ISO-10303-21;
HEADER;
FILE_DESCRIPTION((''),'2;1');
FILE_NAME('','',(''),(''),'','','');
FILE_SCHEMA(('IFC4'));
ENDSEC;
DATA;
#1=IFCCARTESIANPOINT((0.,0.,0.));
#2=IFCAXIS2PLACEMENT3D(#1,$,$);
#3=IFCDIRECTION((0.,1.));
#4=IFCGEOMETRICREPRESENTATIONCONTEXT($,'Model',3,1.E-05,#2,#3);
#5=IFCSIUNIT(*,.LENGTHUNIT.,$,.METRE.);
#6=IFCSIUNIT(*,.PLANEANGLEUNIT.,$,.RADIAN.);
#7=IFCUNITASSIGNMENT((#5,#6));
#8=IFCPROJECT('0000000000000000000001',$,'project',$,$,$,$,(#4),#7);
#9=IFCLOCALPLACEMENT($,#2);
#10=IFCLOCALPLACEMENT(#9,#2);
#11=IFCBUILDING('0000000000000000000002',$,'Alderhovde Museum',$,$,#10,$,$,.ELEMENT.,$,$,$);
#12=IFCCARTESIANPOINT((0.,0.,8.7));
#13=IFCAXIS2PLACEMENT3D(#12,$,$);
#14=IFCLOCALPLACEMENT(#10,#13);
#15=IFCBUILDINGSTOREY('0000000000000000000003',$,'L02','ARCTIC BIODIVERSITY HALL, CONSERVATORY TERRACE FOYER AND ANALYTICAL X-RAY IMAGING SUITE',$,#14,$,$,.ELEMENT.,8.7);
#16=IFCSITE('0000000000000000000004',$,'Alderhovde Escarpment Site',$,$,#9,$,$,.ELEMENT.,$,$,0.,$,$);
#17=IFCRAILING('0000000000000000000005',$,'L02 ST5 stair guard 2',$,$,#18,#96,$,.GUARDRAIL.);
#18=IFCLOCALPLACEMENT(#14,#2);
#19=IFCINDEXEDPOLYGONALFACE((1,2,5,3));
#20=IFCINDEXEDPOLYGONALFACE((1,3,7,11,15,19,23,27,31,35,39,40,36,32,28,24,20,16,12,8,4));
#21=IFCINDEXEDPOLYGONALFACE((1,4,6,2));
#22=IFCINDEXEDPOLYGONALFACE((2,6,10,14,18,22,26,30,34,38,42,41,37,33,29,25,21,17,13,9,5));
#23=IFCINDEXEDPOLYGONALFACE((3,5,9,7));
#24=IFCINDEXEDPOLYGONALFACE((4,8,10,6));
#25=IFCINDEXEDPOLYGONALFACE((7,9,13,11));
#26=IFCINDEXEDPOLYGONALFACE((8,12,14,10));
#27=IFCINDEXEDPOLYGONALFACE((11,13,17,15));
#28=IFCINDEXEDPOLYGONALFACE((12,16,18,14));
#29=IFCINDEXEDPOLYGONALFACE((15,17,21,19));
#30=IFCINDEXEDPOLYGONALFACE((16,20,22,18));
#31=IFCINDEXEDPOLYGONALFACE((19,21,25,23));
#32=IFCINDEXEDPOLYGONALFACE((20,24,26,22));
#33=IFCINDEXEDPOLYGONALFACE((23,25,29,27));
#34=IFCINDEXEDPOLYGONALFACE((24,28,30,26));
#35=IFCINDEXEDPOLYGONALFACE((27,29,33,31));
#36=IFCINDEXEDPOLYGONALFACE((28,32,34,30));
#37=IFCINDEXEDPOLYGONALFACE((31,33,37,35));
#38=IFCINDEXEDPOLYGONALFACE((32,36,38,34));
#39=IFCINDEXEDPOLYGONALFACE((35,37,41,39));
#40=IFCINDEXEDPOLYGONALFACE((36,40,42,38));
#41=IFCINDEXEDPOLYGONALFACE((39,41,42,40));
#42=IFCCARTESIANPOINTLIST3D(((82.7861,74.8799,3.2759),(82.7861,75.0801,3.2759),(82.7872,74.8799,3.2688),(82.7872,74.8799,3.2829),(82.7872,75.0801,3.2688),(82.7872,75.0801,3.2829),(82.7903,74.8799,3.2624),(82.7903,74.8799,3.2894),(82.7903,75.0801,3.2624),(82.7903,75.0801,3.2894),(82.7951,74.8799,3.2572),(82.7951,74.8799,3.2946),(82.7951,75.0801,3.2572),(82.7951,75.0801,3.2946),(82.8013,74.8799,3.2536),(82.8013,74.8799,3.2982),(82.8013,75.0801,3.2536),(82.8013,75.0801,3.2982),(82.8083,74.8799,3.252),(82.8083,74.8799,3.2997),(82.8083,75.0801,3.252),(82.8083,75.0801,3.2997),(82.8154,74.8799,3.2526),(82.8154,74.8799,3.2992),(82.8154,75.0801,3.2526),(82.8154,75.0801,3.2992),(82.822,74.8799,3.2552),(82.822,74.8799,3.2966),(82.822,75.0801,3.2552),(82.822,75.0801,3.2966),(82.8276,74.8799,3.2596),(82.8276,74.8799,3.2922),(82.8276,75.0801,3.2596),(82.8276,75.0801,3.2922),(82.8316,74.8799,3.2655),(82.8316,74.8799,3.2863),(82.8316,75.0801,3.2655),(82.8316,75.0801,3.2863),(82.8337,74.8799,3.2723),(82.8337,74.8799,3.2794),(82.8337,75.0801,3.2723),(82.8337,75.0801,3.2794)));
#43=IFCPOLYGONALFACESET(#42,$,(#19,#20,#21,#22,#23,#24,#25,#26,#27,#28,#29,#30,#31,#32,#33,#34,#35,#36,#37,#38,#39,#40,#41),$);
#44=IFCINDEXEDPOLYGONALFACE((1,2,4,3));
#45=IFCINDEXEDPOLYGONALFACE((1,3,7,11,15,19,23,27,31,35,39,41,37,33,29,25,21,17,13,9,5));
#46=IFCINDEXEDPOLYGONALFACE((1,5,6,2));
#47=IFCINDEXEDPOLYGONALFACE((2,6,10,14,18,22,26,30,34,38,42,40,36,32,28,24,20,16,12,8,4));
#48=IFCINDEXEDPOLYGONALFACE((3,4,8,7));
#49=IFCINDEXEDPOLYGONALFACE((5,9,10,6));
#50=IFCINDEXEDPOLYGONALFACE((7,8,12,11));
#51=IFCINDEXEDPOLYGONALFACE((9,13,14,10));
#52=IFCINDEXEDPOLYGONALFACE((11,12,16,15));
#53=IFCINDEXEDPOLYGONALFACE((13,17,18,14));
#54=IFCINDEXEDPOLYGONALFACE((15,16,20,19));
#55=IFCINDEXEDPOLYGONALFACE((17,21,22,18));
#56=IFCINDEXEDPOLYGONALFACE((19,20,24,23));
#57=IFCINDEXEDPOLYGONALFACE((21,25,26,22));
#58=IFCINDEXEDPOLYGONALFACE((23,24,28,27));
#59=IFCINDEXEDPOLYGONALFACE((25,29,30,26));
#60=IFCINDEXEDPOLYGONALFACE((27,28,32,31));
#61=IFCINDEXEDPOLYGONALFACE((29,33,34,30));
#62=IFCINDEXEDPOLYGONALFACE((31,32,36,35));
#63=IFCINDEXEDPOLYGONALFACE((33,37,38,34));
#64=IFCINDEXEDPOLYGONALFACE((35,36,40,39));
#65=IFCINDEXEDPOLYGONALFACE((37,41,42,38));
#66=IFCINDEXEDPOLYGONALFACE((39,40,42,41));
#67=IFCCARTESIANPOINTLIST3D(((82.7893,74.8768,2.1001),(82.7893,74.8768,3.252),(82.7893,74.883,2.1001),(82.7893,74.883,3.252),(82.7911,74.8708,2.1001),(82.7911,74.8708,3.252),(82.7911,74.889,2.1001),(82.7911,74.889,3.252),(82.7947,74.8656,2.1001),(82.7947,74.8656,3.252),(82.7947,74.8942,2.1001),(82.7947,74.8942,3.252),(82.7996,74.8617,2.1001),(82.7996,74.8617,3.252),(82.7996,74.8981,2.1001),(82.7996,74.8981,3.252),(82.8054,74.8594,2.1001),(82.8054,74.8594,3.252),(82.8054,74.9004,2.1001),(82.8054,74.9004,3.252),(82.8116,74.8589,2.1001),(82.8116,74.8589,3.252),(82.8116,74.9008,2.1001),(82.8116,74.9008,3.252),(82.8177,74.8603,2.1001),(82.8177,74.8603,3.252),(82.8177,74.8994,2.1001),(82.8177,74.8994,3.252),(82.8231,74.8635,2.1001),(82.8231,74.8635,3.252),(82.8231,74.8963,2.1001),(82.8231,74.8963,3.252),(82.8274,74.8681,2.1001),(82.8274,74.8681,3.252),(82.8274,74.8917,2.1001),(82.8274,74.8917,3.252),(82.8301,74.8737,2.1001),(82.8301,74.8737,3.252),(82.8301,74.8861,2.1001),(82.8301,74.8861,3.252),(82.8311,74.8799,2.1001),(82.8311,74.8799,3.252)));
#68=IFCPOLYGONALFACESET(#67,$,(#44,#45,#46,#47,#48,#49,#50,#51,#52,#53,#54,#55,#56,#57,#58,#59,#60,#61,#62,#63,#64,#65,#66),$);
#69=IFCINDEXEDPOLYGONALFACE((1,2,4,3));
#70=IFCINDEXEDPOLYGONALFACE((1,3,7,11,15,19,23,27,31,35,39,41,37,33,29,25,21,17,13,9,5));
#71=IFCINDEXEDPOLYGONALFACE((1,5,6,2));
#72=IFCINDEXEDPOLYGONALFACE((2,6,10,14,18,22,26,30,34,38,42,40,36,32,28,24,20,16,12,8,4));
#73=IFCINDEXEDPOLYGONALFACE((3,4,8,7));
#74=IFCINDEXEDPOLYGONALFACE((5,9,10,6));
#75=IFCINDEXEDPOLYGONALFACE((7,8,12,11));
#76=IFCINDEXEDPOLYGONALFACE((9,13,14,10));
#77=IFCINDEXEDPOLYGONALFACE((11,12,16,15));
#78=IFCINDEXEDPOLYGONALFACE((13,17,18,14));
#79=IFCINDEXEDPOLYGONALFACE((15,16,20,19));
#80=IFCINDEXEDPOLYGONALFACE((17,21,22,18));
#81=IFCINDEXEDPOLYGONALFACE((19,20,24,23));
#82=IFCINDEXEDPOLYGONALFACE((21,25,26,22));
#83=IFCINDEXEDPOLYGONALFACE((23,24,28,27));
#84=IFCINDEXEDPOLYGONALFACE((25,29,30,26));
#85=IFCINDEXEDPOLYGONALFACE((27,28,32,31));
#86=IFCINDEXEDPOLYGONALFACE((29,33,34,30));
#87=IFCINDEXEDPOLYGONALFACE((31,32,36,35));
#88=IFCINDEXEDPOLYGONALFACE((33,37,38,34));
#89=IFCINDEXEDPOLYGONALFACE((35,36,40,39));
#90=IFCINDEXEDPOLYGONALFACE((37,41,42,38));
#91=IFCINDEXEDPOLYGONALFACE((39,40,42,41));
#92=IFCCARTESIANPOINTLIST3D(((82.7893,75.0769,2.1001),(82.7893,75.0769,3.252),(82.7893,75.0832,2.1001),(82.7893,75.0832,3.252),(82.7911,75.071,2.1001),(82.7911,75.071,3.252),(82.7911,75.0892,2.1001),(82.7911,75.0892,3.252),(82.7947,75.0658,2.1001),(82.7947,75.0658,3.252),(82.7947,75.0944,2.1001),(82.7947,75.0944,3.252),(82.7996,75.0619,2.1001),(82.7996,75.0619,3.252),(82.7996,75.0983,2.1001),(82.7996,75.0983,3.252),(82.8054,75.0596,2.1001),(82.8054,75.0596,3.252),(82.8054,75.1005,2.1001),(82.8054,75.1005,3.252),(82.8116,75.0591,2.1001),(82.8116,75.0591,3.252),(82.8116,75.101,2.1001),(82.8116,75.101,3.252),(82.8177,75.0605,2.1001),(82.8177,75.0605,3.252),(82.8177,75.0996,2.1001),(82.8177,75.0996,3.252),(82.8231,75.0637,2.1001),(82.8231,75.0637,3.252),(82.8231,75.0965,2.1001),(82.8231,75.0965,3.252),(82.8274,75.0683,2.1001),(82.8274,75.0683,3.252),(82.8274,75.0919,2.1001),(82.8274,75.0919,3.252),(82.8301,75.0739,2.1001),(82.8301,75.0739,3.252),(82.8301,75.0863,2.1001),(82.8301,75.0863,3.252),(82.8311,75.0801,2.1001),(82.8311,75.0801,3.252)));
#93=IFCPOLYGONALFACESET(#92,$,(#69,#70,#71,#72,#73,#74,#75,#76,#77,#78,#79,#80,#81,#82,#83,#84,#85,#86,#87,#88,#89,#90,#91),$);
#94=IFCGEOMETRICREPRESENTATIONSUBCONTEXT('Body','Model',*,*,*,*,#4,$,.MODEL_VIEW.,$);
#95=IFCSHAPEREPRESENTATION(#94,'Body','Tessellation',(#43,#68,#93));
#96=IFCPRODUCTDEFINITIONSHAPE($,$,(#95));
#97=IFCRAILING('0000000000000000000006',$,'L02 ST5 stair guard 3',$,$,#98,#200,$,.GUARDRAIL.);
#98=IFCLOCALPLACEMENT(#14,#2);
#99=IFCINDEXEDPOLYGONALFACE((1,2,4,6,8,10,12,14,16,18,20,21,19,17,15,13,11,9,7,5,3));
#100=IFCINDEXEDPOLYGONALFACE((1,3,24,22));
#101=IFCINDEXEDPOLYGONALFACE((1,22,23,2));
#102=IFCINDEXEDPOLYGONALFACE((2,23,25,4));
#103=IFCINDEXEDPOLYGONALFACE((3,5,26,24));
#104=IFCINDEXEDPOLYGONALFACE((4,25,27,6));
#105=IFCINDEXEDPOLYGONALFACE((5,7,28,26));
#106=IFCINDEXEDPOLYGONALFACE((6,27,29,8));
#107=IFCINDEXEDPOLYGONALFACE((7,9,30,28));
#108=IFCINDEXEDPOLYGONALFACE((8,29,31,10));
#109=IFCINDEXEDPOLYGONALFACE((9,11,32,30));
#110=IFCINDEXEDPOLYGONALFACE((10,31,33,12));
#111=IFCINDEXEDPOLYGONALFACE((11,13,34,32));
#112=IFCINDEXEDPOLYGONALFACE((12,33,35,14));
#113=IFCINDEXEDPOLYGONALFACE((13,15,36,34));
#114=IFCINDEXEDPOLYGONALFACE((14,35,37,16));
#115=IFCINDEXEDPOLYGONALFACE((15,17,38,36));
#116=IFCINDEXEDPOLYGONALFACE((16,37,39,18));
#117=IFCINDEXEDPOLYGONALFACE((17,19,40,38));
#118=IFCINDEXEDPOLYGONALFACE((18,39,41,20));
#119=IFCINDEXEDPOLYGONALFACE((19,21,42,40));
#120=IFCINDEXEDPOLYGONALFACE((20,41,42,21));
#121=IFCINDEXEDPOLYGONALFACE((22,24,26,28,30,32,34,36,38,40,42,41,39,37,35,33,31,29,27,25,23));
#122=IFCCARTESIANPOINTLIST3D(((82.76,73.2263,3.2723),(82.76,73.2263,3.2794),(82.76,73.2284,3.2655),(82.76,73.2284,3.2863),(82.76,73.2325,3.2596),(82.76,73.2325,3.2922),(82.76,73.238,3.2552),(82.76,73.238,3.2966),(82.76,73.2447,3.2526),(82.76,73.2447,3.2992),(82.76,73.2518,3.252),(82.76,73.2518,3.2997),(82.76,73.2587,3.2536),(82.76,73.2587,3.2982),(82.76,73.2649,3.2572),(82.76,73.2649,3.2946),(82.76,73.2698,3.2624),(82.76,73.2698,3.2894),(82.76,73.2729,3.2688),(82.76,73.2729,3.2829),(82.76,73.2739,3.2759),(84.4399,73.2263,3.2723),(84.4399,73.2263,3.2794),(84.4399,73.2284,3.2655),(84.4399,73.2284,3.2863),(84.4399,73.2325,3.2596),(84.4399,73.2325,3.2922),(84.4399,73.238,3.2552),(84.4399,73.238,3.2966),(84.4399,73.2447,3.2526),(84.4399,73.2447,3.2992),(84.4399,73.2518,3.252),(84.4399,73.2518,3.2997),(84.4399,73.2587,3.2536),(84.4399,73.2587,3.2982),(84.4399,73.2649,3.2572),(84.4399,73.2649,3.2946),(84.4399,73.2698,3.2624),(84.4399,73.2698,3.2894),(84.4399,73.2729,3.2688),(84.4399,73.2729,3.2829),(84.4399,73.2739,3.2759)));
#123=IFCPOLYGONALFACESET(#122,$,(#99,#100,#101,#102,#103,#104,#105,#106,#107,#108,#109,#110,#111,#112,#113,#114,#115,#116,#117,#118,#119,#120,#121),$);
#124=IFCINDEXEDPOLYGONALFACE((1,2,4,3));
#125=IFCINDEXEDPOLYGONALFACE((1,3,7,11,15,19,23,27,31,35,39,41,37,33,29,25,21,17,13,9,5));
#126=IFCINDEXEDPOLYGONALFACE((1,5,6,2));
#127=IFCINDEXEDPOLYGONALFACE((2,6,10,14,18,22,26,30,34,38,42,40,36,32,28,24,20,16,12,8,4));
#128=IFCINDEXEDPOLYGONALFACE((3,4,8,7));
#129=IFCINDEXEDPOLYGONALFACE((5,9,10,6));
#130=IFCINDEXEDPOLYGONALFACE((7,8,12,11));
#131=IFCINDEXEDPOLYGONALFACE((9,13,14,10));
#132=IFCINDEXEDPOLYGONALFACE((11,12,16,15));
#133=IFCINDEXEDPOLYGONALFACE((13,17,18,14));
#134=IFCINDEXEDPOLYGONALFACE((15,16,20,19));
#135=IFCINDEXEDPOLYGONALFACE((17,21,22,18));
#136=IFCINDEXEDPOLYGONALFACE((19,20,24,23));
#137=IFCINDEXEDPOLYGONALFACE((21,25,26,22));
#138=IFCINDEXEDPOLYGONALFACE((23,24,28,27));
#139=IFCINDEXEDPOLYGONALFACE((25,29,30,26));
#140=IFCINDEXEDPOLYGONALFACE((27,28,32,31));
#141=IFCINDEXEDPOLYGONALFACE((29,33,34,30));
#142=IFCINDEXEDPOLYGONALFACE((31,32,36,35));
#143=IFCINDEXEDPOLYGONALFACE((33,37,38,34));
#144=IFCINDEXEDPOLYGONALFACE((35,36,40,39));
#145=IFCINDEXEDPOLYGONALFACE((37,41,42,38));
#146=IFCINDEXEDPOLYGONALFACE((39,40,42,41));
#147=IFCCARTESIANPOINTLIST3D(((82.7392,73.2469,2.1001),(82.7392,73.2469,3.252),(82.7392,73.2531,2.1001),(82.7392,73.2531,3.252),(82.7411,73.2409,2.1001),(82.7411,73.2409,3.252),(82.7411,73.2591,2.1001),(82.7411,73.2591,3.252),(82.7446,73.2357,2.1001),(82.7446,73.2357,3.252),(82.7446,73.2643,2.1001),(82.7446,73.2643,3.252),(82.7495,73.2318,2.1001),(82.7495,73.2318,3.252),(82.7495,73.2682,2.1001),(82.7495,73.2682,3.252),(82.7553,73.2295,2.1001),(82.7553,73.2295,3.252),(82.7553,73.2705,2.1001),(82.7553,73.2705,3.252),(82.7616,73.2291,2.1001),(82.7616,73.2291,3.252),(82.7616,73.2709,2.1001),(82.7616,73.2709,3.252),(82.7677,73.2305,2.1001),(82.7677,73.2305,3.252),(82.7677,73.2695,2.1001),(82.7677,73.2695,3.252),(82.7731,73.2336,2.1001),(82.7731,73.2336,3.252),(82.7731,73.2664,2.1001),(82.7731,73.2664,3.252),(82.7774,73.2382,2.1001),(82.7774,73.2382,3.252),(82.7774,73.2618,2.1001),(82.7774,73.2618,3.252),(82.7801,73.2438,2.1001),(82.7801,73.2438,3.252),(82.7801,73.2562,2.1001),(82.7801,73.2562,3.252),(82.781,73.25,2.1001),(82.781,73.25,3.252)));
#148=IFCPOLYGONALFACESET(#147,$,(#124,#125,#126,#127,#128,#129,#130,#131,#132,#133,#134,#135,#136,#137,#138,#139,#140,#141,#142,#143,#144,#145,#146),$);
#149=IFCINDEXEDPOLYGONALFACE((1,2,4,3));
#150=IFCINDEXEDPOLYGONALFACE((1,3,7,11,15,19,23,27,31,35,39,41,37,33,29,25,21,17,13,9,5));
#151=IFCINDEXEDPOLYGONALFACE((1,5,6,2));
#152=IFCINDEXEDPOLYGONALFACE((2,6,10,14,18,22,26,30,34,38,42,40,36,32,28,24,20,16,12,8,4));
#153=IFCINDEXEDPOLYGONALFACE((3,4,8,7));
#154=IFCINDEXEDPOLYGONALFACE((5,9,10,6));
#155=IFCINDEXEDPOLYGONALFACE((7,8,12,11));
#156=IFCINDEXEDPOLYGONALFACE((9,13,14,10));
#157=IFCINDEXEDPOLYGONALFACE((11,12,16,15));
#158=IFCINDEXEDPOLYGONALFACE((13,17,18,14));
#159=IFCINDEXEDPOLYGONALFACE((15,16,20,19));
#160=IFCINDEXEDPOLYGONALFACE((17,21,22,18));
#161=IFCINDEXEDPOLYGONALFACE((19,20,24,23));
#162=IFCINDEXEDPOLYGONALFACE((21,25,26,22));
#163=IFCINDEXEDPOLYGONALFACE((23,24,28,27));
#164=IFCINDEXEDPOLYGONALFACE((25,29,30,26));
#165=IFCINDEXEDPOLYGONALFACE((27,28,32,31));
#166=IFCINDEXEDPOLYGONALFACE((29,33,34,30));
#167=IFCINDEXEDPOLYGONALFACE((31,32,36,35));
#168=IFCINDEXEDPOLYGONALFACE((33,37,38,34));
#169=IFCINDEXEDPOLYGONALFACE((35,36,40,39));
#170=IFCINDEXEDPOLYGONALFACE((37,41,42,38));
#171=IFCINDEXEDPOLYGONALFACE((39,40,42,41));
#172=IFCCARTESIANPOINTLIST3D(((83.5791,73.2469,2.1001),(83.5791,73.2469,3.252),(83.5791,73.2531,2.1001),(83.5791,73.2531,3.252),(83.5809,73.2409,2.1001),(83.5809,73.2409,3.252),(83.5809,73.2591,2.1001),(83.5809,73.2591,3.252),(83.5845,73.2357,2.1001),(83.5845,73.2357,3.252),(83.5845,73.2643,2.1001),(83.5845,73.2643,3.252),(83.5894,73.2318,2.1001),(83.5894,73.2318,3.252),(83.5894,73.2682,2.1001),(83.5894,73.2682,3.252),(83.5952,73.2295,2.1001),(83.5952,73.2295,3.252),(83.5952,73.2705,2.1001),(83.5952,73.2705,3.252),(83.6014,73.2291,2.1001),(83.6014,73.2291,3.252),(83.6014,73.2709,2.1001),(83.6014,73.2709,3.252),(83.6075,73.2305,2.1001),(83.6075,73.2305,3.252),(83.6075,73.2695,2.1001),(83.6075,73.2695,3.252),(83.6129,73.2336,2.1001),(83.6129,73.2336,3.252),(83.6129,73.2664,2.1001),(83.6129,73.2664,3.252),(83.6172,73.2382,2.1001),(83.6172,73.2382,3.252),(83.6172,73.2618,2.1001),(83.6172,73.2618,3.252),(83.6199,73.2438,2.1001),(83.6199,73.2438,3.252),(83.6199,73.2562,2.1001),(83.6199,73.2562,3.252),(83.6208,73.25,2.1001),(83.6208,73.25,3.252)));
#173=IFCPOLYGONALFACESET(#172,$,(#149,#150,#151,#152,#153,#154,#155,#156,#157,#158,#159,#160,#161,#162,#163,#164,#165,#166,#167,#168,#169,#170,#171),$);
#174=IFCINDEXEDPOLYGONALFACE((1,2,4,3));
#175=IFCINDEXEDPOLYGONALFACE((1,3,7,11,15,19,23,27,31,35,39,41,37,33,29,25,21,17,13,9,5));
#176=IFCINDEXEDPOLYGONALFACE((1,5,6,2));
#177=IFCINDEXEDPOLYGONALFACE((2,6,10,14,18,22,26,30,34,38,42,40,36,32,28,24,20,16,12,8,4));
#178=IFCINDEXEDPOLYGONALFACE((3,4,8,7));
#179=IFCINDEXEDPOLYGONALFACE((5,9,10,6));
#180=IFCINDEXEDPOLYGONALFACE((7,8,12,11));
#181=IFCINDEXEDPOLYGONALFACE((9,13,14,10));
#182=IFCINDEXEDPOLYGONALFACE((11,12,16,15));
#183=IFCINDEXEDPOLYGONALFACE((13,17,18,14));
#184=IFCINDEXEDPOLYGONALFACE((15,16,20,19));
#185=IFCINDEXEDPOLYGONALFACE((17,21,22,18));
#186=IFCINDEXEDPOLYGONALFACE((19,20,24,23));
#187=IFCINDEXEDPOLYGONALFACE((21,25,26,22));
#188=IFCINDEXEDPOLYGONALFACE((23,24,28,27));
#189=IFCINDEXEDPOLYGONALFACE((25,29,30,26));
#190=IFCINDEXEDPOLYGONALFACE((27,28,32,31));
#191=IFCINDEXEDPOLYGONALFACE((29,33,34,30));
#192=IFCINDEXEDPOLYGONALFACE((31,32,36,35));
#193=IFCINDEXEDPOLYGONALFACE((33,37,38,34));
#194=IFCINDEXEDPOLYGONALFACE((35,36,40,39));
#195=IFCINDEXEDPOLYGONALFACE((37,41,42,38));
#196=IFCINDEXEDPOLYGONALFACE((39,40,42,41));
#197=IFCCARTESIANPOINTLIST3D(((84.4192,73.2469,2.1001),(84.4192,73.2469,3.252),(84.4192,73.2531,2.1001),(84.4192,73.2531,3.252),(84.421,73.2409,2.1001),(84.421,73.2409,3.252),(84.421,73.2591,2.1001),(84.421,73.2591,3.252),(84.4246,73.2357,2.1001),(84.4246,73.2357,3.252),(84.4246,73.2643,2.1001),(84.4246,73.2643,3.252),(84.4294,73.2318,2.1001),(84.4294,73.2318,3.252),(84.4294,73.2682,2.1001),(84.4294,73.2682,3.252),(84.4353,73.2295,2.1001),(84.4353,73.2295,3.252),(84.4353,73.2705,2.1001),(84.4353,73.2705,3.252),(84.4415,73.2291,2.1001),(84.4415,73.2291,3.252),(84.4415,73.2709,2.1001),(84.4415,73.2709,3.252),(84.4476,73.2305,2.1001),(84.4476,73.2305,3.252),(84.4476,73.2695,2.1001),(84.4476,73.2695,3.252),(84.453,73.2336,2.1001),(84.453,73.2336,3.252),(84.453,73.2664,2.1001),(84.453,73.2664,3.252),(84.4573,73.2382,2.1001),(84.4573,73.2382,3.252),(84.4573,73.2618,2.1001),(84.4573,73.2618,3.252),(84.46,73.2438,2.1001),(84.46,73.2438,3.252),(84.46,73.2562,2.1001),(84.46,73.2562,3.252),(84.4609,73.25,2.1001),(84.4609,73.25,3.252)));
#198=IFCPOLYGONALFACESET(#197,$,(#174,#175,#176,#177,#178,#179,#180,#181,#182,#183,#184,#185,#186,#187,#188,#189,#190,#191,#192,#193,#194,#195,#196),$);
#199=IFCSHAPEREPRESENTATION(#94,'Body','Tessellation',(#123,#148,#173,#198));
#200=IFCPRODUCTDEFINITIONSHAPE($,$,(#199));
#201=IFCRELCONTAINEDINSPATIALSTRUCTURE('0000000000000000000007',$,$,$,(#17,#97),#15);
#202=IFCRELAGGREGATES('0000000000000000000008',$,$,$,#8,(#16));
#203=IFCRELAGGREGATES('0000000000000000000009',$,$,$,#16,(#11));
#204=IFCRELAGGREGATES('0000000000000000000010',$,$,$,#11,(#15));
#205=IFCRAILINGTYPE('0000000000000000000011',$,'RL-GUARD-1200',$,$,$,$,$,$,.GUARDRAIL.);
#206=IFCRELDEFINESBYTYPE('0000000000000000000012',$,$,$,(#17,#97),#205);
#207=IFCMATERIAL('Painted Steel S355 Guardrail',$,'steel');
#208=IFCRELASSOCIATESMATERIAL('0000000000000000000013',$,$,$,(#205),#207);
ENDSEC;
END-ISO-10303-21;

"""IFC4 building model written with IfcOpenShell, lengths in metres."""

from ifc_helpers import new_model, si_unit, direction, frame, origin, origin_2d, place, context, subcontext, project, spatial, circle, extrude, material, type_object, element, save


model = new_model("IFC4")

# Units and contexts
model_context = context("Model", 3, precision=1e-05, world=origin(), true_north=direction((0.0, 1.0)))
body_context = subcontext(model_context, "Body", "Model", "MODEL_VIEW")
ifc_project = project(units=[si_unit("LENGTHUNIT", "METRE"), si_unit("PLANEANGLEUNIT", "RADIAN")], contexts=[model_context])

# Site, building, storey
site_placement = place(None, origin())
site = spatial("IfcSite", under=ifc_project, at=site_placement, Name="Alderhovde Escarpment Site", CompositionType="ELEMENT", RefElevation=0.0)
building_placement = place(site_placement, origin())
building = spatial("IfcBuilding", under=site, at=building_placement, Name="Alderhovde Museum", CompositionType="ELEMENT")
storey_placement = place(building_placement, frame((0.0, 0.0, 8.7)))
storey = spatial("IfcBuildingStorey", under=building, at=storey_placement, Name="L02", Description="ARCTIC BIODIVERSITY HALL, CONSERVATORY TERRACE FOYER AND ANALYTICAL X-RAY IMAGING SUITE", CompositionType="ELEMENT", Elevation=8.7)

# Railings
ifc_material_1 = material(Name="Painted Steel S355 Guardrail", Category="steel")
railing_type_1 = type_object("IfcRailingType", Name="RL-GUARD-1200", PredefinedType="GUARDRAIL", material=ifc_material_1)
railing_1_placement = place(storey_placement, frame((82.8101, 74.8799, 2.1001)))
element("IfcRailing", 1, at=railing_1_placement, inside=storey, type_object=railing_type_1, Name="L02 ST5 stair guard 2", PredefinedType="GUARDRAIL", context=body_context, shape_type="SweptSolid", body=[
    extrude(circle(Radius=0.0239, at=origin_2d()), frame((0.0, 0.0, 1.1758), z_axis=(0.0, 1.0, 0.0), x_axis=(-1.0, 0.0, 0.0)), (0.0, 0.0, 1.0), 0.2002),
    extrude(circle(Radius=0.021, at=origin_2d()), origin(), (0.0, 0.0, 1.0), 1.1519),
    extrude(circle(Radius=0.021, at=origin_2d()), frame((0.0, 0.2002, 0.0)), (0.0, 0.0, 1.0), 1.1519),
])
for number, where, name in (
    (2, (82.76, 73.25, 2.1001), "L02 ST5 stair guard 3"),
):
    element("IfcRailing", number, at=place(storey_placement, frame(where)), inside=storey, type_object=railing_type_1, Name=name, PredefinedType="GUARDRAIL", context=body_context, shape_type="SweptSolid", body=[
        extrude(circle(Radius=0.0239, at=origin_2d()), frame((0.0, 0.0, 1.1758), z_axis=(1.0, 0.0, 0.0), x_axis=(0.0, 1.0, 0.0)), (0.0, 0.0, 1.0), 1.6799),
        extrude(circle(Radius=0.021, at=origin_2d()), origin(), (0.0, 0.0, 1.0), 1.1519),
        extrude(circle(Radius=0.021, at=origin_2d()), frame((0.8398, 0.0, 0.0)), (0.0, 0.0, 1.0), 1.1519),
        extrude(circle(Radius=0.021, at=origin_2d()), frame((1.6799, 0.0, 0.0)), (0.0, 0.0, 1.0), 1.1519),
    ])

save(model, "model.ifc")
